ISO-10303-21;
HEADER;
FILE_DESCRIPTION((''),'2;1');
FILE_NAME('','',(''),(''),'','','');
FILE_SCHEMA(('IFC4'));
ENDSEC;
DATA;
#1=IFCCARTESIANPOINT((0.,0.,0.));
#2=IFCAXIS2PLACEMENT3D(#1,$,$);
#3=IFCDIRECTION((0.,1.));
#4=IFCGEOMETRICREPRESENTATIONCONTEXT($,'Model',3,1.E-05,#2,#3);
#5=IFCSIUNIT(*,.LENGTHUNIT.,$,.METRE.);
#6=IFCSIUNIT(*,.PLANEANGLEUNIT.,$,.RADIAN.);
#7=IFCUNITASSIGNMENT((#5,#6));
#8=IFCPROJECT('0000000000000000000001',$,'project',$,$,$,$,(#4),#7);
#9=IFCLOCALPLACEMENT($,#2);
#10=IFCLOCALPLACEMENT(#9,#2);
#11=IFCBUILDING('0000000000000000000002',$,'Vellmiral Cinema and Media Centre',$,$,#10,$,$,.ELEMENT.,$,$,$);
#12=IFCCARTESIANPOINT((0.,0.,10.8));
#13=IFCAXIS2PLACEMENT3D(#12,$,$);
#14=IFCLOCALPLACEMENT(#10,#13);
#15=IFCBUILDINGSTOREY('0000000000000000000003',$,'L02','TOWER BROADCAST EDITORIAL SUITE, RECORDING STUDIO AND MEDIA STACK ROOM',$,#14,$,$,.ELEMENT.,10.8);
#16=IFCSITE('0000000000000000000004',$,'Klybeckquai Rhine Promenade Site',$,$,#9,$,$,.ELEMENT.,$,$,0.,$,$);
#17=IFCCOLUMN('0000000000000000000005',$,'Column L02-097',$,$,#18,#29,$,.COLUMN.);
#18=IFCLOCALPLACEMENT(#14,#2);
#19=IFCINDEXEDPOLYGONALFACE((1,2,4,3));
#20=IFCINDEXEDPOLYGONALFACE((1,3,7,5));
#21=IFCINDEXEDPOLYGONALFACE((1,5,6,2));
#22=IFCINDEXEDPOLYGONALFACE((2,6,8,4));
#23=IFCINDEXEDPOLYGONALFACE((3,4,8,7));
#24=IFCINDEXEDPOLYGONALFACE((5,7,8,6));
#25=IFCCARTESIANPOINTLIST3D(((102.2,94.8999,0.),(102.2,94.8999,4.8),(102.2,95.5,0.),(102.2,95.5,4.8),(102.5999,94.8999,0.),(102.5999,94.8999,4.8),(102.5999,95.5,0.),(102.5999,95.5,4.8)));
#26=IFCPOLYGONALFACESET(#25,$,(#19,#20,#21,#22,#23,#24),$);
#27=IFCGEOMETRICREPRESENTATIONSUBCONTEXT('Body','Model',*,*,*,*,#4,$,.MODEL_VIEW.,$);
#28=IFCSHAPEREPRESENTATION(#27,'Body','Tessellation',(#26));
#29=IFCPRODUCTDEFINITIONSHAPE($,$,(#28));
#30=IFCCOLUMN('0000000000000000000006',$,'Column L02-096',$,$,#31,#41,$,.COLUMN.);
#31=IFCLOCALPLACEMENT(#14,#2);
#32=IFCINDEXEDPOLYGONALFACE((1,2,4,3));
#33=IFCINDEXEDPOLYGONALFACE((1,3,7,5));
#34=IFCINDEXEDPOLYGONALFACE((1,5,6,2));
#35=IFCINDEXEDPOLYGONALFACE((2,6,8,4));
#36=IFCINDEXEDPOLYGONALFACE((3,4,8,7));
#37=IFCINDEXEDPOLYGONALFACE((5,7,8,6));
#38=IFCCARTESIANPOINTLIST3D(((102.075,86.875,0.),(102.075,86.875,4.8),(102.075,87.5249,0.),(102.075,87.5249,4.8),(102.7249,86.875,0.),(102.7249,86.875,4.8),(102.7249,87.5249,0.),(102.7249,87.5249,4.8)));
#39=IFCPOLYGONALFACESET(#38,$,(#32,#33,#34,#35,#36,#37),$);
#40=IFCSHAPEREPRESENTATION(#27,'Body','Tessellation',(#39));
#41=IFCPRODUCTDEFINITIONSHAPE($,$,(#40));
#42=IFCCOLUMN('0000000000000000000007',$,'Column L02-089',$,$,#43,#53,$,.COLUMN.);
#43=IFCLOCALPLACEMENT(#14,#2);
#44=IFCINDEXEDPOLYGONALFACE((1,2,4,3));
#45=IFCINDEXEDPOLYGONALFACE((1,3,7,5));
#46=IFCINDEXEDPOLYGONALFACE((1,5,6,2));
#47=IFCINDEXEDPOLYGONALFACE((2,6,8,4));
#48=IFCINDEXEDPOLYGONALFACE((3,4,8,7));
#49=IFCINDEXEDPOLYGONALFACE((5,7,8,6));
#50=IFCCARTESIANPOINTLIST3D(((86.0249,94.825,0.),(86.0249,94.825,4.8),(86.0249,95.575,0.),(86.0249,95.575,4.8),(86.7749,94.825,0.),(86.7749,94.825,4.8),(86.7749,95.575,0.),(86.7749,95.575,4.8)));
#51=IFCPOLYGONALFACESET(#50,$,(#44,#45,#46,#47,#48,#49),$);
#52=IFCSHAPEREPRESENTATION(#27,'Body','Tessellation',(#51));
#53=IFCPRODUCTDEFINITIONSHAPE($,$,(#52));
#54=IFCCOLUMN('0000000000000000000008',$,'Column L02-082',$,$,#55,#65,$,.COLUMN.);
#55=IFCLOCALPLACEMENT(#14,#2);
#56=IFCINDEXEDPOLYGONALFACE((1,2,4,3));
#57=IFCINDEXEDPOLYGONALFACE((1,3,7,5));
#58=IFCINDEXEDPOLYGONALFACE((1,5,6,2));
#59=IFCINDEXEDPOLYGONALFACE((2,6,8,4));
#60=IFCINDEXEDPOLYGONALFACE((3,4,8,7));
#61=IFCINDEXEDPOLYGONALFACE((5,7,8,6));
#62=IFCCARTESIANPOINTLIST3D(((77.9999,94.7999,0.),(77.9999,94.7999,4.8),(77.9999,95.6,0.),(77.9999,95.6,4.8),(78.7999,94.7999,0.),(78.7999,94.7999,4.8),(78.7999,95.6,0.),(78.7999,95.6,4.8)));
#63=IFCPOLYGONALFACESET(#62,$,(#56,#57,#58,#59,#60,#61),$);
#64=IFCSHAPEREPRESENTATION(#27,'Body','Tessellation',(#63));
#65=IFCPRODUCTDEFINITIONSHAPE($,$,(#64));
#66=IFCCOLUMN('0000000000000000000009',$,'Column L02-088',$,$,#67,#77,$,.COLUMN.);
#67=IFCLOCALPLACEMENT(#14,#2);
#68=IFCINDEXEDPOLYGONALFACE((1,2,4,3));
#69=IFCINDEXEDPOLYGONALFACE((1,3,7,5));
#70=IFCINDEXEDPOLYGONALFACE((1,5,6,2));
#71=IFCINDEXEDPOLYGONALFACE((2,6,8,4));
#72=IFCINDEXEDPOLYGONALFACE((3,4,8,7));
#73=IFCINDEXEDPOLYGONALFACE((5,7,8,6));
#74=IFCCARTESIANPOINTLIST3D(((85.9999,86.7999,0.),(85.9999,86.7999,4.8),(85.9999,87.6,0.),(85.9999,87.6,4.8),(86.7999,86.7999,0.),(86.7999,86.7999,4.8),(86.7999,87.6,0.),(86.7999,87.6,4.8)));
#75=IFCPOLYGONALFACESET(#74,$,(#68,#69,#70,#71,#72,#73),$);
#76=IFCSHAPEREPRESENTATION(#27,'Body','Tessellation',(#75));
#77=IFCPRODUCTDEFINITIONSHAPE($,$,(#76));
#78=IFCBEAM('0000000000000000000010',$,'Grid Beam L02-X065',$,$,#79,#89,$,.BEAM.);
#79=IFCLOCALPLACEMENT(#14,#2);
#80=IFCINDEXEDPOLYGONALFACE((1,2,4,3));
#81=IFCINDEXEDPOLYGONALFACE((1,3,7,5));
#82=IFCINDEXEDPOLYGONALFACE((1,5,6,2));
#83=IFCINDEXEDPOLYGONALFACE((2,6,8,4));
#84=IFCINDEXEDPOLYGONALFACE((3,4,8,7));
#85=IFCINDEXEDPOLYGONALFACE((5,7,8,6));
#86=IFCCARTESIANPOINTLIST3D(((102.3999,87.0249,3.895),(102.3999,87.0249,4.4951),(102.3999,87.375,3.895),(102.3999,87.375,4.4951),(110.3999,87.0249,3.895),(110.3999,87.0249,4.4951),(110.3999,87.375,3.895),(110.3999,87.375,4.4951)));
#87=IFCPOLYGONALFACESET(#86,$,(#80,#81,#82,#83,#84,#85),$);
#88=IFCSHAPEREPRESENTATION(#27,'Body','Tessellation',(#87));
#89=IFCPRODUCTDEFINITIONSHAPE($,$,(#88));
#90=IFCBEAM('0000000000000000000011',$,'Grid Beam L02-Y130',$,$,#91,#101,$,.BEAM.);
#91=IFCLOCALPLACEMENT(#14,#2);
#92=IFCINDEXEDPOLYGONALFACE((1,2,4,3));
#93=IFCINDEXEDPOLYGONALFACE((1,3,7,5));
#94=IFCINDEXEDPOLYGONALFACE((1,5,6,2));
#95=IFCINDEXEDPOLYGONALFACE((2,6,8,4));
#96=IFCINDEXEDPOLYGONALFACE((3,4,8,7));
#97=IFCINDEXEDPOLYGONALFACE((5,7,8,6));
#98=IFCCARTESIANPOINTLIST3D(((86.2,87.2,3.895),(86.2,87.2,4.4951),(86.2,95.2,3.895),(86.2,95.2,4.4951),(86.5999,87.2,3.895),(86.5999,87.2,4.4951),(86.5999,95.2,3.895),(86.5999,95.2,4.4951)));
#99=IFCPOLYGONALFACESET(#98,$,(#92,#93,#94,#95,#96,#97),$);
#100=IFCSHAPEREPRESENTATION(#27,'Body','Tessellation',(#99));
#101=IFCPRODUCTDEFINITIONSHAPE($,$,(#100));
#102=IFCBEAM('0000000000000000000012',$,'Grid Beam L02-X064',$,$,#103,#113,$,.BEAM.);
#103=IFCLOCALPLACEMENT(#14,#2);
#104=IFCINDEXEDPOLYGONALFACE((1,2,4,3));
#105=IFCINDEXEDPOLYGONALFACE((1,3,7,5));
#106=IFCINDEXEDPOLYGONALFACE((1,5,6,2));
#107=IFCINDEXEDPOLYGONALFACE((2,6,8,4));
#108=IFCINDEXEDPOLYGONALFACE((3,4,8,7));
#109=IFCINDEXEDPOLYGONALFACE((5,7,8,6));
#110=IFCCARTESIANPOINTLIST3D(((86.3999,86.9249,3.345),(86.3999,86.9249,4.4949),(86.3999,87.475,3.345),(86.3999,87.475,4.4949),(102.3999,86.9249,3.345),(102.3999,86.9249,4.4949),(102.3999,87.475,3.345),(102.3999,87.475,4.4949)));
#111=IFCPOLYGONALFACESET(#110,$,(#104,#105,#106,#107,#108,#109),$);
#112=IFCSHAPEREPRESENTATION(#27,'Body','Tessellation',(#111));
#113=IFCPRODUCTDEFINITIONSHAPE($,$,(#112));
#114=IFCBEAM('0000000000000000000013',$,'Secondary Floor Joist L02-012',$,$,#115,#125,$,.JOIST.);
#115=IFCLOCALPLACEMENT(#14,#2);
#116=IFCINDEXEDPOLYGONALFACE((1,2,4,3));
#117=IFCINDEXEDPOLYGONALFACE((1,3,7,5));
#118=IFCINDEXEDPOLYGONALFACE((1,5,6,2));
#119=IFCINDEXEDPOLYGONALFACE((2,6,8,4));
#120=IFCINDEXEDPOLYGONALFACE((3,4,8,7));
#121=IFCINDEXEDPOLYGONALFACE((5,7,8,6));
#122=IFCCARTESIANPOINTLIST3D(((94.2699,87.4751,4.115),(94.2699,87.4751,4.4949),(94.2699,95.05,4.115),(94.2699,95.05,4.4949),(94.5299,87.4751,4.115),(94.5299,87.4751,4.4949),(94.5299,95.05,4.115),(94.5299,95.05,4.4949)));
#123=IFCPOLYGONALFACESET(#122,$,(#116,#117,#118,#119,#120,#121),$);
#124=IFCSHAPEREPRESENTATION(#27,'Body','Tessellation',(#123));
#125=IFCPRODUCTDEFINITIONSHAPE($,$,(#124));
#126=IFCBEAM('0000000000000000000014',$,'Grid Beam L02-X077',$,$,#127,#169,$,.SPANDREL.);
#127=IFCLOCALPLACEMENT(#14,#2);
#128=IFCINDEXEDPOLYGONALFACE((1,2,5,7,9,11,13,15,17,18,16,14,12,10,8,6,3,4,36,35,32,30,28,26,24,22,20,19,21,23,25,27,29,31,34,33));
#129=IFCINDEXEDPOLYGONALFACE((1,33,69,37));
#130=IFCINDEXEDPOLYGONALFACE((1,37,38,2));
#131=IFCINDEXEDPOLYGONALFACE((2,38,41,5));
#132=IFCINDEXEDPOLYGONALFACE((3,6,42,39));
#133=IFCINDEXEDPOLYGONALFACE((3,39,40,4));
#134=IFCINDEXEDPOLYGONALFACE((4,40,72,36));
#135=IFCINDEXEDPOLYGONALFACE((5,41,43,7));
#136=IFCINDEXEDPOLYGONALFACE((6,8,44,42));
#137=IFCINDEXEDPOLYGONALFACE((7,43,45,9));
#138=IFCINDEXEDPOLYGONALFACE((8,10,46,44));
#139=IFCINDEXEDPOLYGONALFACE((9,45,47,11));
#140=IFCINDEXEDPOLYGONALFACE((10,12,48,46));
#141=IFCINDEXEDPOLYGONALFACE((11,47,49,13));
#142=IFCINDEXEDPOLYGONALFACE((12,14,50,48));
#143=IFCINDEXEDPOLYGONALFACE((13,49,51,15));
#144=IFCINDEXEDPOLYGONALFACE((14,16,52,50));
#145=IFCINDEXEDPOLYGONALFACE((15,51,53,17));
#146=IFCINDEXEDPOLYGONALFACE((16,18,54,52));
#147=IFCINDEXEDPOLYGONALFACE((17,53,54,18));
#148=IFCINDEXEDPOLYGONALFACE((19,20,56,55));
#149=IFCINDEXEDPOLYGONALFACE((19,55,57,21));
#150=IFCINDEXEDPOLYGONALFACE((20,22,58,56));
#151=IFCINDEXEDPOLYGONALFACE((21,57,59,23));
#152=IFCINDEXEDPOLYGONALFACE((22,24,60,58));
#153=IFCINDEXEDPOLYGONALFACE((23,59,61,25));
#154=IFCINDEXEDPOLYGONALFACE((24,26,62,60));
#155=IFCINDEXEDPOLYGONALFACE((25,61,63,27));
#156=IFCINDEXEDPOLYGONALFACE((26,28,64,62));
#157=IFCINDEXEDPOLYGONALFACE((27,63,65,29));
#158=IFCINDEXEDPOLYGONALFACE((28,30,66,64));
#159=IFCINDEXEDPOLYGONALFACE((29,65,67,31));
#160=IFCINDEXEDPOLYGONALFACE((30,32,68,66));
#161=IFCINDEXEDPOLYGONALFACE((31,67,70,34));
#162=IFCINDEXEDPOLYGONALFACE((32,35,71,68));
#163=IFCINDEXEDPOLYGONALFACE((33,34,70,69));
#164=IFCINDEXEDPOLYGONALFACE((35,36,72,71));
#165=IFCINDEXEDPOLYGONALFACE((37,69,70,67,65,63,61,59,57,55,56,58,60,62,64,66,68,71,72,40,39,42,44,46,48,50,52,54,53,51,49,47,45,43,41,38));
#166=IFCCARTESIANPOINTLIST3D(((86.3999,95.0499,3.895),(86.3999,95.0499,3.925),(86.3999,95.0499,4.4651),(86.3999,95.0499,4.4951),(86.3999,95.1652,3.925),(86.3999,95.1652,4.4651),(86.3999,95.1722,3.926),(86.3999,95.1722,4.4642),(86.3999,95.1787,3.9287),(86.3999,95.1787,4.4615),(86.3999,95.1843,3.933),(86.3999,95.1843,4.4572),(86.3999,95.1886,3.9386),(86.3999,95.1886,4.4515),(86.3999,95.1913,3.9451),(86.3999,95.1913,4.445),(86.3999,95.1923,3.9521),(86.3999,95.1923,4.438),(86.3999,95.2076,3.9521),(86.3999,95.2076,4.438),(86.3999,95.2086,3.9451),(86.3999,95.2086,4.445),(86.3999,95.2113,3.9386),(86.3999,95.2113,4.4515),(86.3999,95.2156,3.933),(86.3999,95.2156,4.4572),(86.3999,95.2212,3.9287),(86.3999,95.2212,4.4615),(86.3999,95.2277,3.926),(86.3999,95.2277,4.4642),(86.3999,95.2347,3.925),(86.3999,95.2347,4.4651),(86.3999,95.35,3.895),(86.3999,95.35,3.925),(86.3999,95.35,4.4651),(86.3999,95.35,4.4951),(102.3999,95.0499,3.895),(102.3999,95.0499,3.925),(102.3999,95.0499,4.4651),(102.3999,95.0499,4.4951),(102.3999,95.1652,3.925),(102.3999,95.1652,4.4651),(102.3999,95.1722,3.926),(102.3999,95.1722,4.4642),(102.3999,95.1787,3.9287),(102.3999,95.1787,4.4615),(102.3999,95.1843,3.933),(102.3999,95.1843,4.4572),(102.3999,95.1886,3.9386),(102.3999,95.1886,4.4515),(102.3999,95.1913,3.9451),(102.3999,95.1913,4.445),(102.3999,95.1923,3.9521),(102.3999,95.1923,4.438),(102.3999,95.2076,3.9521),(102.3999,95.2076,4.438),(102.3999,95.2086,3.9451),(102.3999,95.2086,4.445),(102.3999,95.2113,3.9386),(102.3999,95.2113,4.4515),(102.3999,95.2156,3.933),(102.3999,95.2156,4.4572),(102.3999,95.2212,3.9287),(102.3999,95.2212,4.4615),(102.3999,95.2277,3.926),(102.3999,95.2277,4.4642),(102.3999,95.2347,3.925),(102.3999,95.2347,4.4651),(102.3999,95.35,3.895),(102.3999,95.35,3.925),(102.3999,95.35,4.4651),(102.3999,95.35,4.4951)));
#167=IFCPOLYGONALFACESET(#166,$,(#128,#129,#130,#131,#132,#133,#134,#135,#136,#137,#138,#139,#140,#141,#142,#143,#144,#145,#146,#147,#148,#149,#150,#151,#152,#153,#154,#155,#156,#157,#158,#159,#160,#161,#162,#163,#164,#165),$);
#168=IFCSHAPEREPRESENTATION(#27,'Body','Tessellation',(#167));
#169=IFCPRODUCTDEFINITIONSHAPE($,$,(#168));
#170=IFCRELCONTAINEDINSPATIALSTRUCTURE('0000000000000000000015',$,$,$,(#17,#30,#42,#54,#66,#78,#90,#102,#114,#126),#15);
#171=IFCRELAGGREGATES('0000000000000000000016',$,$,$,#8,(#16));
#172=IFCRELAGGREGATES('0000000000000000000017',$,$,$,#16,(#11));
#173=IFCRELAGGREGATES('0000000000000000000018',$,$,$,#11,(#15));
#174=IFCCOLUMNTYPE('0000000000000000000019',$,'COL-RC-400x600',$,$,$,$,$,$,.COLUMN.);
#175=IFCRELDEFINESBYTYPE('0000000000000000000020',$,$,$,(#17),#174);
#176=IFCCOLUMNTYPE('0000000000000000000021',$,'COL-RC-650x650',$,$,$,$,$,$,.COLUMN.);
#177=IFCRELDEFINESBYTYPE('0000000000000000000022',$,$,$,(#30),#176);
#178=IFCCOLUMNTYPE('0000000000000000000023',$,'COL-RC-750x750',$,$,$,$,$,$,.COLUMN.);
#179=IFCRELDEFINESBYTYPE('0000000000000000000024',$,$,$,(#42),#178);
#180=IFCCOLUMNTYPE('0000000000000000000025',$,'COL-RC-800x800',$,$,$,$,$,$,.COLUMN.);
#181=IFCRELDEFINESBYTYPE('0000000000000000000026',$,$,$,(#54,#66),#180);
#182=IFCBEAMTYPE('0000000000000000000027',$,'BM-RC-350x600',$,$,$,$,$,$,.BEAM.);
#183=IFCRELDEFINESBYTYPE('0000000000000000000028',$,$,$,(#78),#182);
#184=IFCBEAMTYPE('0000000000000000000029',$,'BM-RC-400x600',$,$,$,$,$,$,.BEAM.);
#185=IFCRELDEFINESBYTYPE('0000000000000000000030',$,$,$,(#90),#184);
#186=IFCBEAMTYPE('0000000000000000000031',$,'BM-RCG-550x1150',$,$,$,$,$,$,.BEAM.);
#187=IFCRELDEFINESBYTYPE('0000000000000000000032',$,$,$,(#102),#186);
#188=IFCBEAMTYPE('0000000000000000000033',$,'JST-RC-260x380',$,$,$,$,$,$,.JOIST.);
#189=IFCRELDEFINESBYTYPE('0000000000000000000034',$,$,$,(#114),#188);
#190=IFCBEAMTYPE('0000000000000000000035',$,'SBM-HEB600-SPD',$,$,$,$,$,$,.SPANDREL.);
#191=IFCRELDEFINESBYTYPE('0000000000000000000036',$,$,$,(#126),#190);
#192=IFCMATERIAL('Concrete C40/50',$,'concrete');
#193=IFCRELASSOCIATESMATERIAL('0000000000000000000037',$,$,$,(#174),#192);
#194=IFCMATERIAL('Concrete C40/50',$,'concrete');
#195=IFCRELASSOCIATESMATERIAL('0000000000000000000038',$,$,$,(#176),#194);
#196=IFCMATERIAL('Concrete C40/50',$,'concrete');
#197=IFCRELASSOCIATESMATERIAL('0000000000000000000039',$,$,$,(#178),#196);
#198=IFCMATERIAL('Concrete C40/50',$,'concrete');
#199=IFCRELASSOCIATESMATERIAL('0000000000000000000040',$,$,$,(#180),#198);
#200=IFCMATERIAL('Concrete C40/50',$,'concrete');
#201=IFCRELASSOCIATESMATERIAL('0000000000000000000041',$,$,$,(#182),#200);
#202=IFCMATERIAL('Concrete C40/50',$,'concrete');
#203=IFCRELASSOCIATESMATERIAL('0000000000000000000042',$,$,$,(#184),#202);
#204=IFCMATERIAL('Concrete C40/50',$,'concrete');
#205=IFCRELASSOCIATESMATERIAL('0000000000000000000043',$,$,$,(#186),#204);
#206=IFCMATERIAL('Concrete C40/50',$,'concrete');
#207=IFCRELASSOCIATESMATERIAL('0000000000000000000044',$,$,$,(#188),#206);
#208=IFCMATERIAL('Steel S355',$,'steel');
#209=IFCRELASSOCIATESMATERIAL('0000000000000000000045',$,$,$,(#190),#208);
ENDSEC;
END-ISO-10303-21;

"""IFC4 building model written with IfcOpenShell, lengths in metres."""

from ifc_helpers import new_model, si_unit, direction, frame, origin, origin_2d, place, context, subcontext, project, spatial, rectangle, i_section, extrude, material, material_profile, profile_set, type_object, element, save


model = new_model("IFC4")

# Units and contexts
model_context = context("Model", 3, precision=1e-05, world=origin(), true_north=direction((0.0, 1.0)))
body_context = subcontext(model_context, "Body", "Model", "MODEL_VIEW")
ifc_project = project(units=[si_unit("LENGTHUNIT", "METRE"), si_unit("PLANEANGLEUNIT", "RADIAN")], contexts=[model_context])

# Site, building, storey
site_placement = place(None, origin())
site = spatial("IfcSite", under=ifc_project, at=site_placement, Name="Klybeckquai Rhine Promenade Site", CompositionType="ELEMENT", RefElevation=0.0)
building_placement = place(site_placement, origin())
building = spatial("IfcBuilding", under=site, at=building_placement, Name="Vellmiral Cinema and Media Centre", CompositionType="ELEMENT")
storey_placement = place(building_placement, frame((0.0, 0.0, 10.8)))
storey = spatial("IfcBuildingStorey", under=building, at=storey_placement, Name="L02", Description="TOWER BROADCAST EDITORIAL SUITE, RECORDING STUDIO AND MEDIA STACK ROOM", CompositionType="ELEMENT", Elevation=10.8)

# Columns
ifc_material_1 = material(Name="Concrete C40/50", Category="concrete")
ifc_material_profile_1 = material_profile(ifc_material_1, rectangle(XDim=0.3999, YDim=0.6001, at=origin_2d()), Name="RC 400x600")
ifc_profile_set_1 = profile_set([ifc_material_profile_1], Name="Concrete C40/50")
column_type_1 = type_object("IfcColumnType", Name="COL-RC-400x600", PredefinedType="COLUMN", material=ifc_profile_set_1)
column_1_placement = place(storey_placement, frame((102.3999, 95.2, 0.0), z_axis=(0.0, 0.0, 1.0), x_axis=(1.0, 0.0, 0.0)))
element("IfcColumn", 1, at=column_1_placement, inside=storey, type_object=column_type_1, Name="Column L02-097", PredefinedType="COLUMN", context=body_context, shape_type="SweptSolid", body=[
    extrude(rectangle(XDim=0.3999, YDim=0.6001, at=origin_2d()), origin(), (0.0, 0.0, 1.0), 4.8),
])
ifc_material_2 = material(Name="Concrete C40/50", Category="concrete")
ifc_material_profile_2 = material_profile(ifc_material_2, rectangle(XDim=0.6499, YDim=0.6499, at=origin_2d()), Name="RC 650x650")
ifc_profile_set_2 = profile_set([ifc_material_profile_2], Name="Concrete C40/50")
column_type_2 = type_object("IfcColumnType", Name="COL-RC-650x650", PredefinedType="COLUMN", material=ifc_profile_set_2)
column_2_placement = place(storey_placement, frame((102.3999, 87.2, 0.0), z_axis=(0.0, 0.0, 1.0), x_axis=(1.0, 0.0, 0.0)))
element("IfcColumn", 2, at=column_2_placement, inside=storey, type_object=column_type_2, Name="Column L02-096", PredefinedType="COLUMN", context=body_context, shape_type="SweptSolid", body=[
    extrude(rectangle(XDim=0.6499, YDim=0.6499, at=origin_2d()), origin(), (0.0, 0.0, 1.0), 4.8),
])
ifc_material_3 = material(Name="Concrete C40/50", Category="concrete")
ifc_material_profile_3 = material_profile(ifc_material_3, rectangle(XDim=0.75, YDim=0.75, at=origin_2d()), Name="RC 750x750")
ifc_profile_set_3 = profile_set([ifc_material_profile_3], Name="Concrete C40/50")
column_type_3 = type_object("IfcColumnType", Name="COL-RC-750x750", PredefinedType="COLUMN", material=ifc_profile_set_3)
column_3_placement = place(storey_placement, frame((86.3999, 95.2, 0.0), z_axis=(0.0, 0.0, 1.0), x_axis=(1.0, 0.0, 0.0)))
element("IfcColumn", 3, at=column_3_placement, inside=storey, type_object=column_type_3, Name="Column L02-089", PredefinedType="COLUMN", context=body_context, shape_type="SweptSolid", body=[
    extrude(rectangle(XDim=0.75, YDim=0.75, at=origin_2d()), origin(), (0.0, 0.0, 1.0), 4.8),
])
ifc_material_4 = material(Name="Concrete C40/50", Category="concrete")
ifc_material_profile_4 = material_profile(ifc_material_4, rectangle(XDim=0.8, YDim=0.8, at=origin_2d()), Name="RC 800x800")
ifc_profile_set_4 = profile_set([ifc_material_profile_4], Name="Concrete C40/50")
column_type_4 = type_object("IfcColumnType", Name="COL-RC-800x800", PredefinedType="COLUMN", material=ifc_profile_set_4)
for number, where, z_axis, x_axis, name in (
    (4, (78.3999, 95.2, 0.0), (0.0, 0.0, 1.0), (1.0, 0.0, 0.0), "Column L02-082"),
    (5, (86.3999, 87.2, 0.0), (0.0, 0.0, 1.0), (1.0, 0.0, 0.0), "Column L02-088"),
):
    element("IfcColumn", number, at=place(storey_placement, frame(where, z_axis=z_axis, x_axis=x_axis)), inside=storey, type_object=column_type_4, Name=name, PredefinedType="COLUMN", context=body_context, shape_type="SweptSolid", body=[
        extrude(rectangle(XDim=0.8, YDim=0.8, at=origin_2d()), origin(), (0.0, 0.0, 1.0), 4.8),
    ])

# Beams
ifc_material_5 = material(Name="Concrete C40/50", Category="concrete")
ifc_material_profile_5 = material_profile(ifc_material_5, rectangle(XDim=0.3501, YDim=0.6001, at=origin_2d()), Name="RC 350x600")
ifc_profile_set_5 = profile_set([ifc_material_profile_5], Name="Concrete C40/50")
beam_type_1 = type_object("IfcBeamType", Name="BM-RC-350x600", PredefinedType="BEAM", material=ifc_profile_set_5)
beam_1_placement = place(storey_placement, frame((102.3999, 87.2, 4.1951), z_axis=(1.0, 0.0, 0.0), x_axis=(0.0, 1.0, 0.0)))
element("IfcBeam", 6, at=beam_1_placement, inside=storey, type_object=beam_type_1, Name="Grid Beam L02-X065", PredefinedType="BEAM", context=body_context, shape_type="SweptSolid", body=[
    extrude(rectangle(XDim=0.3501, YDim=0.6001, at=origin_2d()), origin(), (0.0, 0.0, 1.0), 8.0),
])
ifc_material_6 = material(Name="Concrete C40/50", Category="concrete")
ifc_material_profile_6 = material_profile(ifc_material_6, rectangle(XDim=0.3999, YDim=0.6001, at=origin_2d()), Name="RC 400x600")
ifc_profile_set_6 = profile_set([ifc_material_profile_6], Name="Concrete C40/50")
beam_type_2 = type_object("IfcBeamType", Name="BM-RC-400x600", PredefinedType="BEAM", material=ifc_profile_set_6)
beam_2_placement = place(storey_placement, frame((86.3999, 87.2, 4.1951), z_axis=(0.0, 1.0, 0.0), x_axis=(-1.0, 0.0, 0.0)))
element("IfcBeam", 7, at=beam_2_placement, inside=storey, type_object=beam_type_2, Name="Grid Beam L02-Y130", PredefinedType="BEAM", context=body_context, shape_type="SweptSolid", body=[
    extrude(rectangle(XDim=0.3999, YDim=0.6001, at=origin_2d()), origin(), (0.0, 0.0, 1.0), 8.0),
])
ifc_material_7 = material(Name="Concrete C40/50", Category="concrete")
ifc_material_profile_7 = material_profile(ifc_material_7, rectangle(XDim=0.55, YDim=1.1499, at=origin_2d()), Name="RC 550x1150")
ifc_profile_set_7 = profile_set([ifc_material_profile_7], Name="Concrete C40/50")
beam_type_3 = type_object("IfcBeamType", Name="BM-RCG-550x1150", PredefinedType="BEAM", material=ifc_profile_set_7)
beam_3_placement = place(storey_placement, frame((86.3999, 87.2, 3.9199), z_axis=(1.0, 0.0, 0.0), x_axis=(0.0, 1.0, 0.0)))
element("IfcBeam", 8, at=beam_3_placement, inside=storey, type_object=beam_type_3, Name="Grid Beam L02-X064", PredefinedType="BEAM", context=body_context, shape_type="SweptSolid", body=[
    extrude(rectangle(XDim=0.55, YDim=1.1499, at=origin_2d()), origin(), (0.0, 0.0, 1.0), 16.0),
])
ifc_material_8 = material(Name="Concrete C40/50", Category="concrete")
ifc_material_profile_8 = material_profile(ifc_material_8, rectangle(XDim=0.26, YDim=0.3799, at=origin_2d()), Name="RC 260x380")
ifc_profile_set_8 = profile_set([ifc_material_profile_8], Name="Concrete C40/50")
beam_type_4 = type_object("IfcBeamType", Name="JST-RC-260x380", PredefinedType="JOIST", material=ifc_profile_set_8)
beam_4_placement = place(storey_placement, frame((94.3999, 87.4751, 4.3049), z_axis=(0.0, 1.0, 0.0), x_axis=(-1.0, 0.0, 0.0)))
element("IfcBeam", 9, at=beam_4_placement, inside=storey, type_object=beam_type_4, Name="Secondary Floor Joist L02-012", PredefinedType="JOIST", context=body_context, shape_type="SweptSolid", body=[
    extrude(rectangle(XDim=0.26, YDim=0.3799, at=origin_2d()), origin(), (0.0, 0.0, 1.0), 7.575),
])
ifc_material_9 = material(Name="Steel S355", Category="steel")
ifc_material_profile_9 = material_profile(ifc_material_9, i_section(OverallWidth=0.3, OverallDepth=0.6001, WebThickness=0.0154, FlangeThickness=0.03, FilletRadius=0.0271, at=origin_2d()), Name="HEB 600")
ifc_profile_set_9 = profile_set([ifc_material_profile_9], Name="Steel S355")
beam_type_5 = type_object("IfcBeamType", Name="SBM-HEB600-SPD", PredefinedType="SPANDREL", material=ifc_profile_set_9)
beam_5_placement = place(storey_placement, frame((86.3999, 95.2, 4.1951), z_axis=(1.0, 0.0, 0.0), x_axis=(0.0, 1.0, 0.0)))
element("IfcBeam", 10, at=beam_5_placement, inside=storey, type_object=beam_type_5, Name="Grid Beam L02-X077", PredefinedType="SPANDREL", context=body_context, shape_type="SweptSolid", body=[
    extrude(i_section(OverallWidth=0.3, OverallDepth=0.6001, WebThickness=0.0154, FlangeThickness=0.03, FilletRadius=0.0271, at=origin_2d()), origin(), (0.0, 0.0, 1.0), 16.0),
])

save(model, "model.ifc")
